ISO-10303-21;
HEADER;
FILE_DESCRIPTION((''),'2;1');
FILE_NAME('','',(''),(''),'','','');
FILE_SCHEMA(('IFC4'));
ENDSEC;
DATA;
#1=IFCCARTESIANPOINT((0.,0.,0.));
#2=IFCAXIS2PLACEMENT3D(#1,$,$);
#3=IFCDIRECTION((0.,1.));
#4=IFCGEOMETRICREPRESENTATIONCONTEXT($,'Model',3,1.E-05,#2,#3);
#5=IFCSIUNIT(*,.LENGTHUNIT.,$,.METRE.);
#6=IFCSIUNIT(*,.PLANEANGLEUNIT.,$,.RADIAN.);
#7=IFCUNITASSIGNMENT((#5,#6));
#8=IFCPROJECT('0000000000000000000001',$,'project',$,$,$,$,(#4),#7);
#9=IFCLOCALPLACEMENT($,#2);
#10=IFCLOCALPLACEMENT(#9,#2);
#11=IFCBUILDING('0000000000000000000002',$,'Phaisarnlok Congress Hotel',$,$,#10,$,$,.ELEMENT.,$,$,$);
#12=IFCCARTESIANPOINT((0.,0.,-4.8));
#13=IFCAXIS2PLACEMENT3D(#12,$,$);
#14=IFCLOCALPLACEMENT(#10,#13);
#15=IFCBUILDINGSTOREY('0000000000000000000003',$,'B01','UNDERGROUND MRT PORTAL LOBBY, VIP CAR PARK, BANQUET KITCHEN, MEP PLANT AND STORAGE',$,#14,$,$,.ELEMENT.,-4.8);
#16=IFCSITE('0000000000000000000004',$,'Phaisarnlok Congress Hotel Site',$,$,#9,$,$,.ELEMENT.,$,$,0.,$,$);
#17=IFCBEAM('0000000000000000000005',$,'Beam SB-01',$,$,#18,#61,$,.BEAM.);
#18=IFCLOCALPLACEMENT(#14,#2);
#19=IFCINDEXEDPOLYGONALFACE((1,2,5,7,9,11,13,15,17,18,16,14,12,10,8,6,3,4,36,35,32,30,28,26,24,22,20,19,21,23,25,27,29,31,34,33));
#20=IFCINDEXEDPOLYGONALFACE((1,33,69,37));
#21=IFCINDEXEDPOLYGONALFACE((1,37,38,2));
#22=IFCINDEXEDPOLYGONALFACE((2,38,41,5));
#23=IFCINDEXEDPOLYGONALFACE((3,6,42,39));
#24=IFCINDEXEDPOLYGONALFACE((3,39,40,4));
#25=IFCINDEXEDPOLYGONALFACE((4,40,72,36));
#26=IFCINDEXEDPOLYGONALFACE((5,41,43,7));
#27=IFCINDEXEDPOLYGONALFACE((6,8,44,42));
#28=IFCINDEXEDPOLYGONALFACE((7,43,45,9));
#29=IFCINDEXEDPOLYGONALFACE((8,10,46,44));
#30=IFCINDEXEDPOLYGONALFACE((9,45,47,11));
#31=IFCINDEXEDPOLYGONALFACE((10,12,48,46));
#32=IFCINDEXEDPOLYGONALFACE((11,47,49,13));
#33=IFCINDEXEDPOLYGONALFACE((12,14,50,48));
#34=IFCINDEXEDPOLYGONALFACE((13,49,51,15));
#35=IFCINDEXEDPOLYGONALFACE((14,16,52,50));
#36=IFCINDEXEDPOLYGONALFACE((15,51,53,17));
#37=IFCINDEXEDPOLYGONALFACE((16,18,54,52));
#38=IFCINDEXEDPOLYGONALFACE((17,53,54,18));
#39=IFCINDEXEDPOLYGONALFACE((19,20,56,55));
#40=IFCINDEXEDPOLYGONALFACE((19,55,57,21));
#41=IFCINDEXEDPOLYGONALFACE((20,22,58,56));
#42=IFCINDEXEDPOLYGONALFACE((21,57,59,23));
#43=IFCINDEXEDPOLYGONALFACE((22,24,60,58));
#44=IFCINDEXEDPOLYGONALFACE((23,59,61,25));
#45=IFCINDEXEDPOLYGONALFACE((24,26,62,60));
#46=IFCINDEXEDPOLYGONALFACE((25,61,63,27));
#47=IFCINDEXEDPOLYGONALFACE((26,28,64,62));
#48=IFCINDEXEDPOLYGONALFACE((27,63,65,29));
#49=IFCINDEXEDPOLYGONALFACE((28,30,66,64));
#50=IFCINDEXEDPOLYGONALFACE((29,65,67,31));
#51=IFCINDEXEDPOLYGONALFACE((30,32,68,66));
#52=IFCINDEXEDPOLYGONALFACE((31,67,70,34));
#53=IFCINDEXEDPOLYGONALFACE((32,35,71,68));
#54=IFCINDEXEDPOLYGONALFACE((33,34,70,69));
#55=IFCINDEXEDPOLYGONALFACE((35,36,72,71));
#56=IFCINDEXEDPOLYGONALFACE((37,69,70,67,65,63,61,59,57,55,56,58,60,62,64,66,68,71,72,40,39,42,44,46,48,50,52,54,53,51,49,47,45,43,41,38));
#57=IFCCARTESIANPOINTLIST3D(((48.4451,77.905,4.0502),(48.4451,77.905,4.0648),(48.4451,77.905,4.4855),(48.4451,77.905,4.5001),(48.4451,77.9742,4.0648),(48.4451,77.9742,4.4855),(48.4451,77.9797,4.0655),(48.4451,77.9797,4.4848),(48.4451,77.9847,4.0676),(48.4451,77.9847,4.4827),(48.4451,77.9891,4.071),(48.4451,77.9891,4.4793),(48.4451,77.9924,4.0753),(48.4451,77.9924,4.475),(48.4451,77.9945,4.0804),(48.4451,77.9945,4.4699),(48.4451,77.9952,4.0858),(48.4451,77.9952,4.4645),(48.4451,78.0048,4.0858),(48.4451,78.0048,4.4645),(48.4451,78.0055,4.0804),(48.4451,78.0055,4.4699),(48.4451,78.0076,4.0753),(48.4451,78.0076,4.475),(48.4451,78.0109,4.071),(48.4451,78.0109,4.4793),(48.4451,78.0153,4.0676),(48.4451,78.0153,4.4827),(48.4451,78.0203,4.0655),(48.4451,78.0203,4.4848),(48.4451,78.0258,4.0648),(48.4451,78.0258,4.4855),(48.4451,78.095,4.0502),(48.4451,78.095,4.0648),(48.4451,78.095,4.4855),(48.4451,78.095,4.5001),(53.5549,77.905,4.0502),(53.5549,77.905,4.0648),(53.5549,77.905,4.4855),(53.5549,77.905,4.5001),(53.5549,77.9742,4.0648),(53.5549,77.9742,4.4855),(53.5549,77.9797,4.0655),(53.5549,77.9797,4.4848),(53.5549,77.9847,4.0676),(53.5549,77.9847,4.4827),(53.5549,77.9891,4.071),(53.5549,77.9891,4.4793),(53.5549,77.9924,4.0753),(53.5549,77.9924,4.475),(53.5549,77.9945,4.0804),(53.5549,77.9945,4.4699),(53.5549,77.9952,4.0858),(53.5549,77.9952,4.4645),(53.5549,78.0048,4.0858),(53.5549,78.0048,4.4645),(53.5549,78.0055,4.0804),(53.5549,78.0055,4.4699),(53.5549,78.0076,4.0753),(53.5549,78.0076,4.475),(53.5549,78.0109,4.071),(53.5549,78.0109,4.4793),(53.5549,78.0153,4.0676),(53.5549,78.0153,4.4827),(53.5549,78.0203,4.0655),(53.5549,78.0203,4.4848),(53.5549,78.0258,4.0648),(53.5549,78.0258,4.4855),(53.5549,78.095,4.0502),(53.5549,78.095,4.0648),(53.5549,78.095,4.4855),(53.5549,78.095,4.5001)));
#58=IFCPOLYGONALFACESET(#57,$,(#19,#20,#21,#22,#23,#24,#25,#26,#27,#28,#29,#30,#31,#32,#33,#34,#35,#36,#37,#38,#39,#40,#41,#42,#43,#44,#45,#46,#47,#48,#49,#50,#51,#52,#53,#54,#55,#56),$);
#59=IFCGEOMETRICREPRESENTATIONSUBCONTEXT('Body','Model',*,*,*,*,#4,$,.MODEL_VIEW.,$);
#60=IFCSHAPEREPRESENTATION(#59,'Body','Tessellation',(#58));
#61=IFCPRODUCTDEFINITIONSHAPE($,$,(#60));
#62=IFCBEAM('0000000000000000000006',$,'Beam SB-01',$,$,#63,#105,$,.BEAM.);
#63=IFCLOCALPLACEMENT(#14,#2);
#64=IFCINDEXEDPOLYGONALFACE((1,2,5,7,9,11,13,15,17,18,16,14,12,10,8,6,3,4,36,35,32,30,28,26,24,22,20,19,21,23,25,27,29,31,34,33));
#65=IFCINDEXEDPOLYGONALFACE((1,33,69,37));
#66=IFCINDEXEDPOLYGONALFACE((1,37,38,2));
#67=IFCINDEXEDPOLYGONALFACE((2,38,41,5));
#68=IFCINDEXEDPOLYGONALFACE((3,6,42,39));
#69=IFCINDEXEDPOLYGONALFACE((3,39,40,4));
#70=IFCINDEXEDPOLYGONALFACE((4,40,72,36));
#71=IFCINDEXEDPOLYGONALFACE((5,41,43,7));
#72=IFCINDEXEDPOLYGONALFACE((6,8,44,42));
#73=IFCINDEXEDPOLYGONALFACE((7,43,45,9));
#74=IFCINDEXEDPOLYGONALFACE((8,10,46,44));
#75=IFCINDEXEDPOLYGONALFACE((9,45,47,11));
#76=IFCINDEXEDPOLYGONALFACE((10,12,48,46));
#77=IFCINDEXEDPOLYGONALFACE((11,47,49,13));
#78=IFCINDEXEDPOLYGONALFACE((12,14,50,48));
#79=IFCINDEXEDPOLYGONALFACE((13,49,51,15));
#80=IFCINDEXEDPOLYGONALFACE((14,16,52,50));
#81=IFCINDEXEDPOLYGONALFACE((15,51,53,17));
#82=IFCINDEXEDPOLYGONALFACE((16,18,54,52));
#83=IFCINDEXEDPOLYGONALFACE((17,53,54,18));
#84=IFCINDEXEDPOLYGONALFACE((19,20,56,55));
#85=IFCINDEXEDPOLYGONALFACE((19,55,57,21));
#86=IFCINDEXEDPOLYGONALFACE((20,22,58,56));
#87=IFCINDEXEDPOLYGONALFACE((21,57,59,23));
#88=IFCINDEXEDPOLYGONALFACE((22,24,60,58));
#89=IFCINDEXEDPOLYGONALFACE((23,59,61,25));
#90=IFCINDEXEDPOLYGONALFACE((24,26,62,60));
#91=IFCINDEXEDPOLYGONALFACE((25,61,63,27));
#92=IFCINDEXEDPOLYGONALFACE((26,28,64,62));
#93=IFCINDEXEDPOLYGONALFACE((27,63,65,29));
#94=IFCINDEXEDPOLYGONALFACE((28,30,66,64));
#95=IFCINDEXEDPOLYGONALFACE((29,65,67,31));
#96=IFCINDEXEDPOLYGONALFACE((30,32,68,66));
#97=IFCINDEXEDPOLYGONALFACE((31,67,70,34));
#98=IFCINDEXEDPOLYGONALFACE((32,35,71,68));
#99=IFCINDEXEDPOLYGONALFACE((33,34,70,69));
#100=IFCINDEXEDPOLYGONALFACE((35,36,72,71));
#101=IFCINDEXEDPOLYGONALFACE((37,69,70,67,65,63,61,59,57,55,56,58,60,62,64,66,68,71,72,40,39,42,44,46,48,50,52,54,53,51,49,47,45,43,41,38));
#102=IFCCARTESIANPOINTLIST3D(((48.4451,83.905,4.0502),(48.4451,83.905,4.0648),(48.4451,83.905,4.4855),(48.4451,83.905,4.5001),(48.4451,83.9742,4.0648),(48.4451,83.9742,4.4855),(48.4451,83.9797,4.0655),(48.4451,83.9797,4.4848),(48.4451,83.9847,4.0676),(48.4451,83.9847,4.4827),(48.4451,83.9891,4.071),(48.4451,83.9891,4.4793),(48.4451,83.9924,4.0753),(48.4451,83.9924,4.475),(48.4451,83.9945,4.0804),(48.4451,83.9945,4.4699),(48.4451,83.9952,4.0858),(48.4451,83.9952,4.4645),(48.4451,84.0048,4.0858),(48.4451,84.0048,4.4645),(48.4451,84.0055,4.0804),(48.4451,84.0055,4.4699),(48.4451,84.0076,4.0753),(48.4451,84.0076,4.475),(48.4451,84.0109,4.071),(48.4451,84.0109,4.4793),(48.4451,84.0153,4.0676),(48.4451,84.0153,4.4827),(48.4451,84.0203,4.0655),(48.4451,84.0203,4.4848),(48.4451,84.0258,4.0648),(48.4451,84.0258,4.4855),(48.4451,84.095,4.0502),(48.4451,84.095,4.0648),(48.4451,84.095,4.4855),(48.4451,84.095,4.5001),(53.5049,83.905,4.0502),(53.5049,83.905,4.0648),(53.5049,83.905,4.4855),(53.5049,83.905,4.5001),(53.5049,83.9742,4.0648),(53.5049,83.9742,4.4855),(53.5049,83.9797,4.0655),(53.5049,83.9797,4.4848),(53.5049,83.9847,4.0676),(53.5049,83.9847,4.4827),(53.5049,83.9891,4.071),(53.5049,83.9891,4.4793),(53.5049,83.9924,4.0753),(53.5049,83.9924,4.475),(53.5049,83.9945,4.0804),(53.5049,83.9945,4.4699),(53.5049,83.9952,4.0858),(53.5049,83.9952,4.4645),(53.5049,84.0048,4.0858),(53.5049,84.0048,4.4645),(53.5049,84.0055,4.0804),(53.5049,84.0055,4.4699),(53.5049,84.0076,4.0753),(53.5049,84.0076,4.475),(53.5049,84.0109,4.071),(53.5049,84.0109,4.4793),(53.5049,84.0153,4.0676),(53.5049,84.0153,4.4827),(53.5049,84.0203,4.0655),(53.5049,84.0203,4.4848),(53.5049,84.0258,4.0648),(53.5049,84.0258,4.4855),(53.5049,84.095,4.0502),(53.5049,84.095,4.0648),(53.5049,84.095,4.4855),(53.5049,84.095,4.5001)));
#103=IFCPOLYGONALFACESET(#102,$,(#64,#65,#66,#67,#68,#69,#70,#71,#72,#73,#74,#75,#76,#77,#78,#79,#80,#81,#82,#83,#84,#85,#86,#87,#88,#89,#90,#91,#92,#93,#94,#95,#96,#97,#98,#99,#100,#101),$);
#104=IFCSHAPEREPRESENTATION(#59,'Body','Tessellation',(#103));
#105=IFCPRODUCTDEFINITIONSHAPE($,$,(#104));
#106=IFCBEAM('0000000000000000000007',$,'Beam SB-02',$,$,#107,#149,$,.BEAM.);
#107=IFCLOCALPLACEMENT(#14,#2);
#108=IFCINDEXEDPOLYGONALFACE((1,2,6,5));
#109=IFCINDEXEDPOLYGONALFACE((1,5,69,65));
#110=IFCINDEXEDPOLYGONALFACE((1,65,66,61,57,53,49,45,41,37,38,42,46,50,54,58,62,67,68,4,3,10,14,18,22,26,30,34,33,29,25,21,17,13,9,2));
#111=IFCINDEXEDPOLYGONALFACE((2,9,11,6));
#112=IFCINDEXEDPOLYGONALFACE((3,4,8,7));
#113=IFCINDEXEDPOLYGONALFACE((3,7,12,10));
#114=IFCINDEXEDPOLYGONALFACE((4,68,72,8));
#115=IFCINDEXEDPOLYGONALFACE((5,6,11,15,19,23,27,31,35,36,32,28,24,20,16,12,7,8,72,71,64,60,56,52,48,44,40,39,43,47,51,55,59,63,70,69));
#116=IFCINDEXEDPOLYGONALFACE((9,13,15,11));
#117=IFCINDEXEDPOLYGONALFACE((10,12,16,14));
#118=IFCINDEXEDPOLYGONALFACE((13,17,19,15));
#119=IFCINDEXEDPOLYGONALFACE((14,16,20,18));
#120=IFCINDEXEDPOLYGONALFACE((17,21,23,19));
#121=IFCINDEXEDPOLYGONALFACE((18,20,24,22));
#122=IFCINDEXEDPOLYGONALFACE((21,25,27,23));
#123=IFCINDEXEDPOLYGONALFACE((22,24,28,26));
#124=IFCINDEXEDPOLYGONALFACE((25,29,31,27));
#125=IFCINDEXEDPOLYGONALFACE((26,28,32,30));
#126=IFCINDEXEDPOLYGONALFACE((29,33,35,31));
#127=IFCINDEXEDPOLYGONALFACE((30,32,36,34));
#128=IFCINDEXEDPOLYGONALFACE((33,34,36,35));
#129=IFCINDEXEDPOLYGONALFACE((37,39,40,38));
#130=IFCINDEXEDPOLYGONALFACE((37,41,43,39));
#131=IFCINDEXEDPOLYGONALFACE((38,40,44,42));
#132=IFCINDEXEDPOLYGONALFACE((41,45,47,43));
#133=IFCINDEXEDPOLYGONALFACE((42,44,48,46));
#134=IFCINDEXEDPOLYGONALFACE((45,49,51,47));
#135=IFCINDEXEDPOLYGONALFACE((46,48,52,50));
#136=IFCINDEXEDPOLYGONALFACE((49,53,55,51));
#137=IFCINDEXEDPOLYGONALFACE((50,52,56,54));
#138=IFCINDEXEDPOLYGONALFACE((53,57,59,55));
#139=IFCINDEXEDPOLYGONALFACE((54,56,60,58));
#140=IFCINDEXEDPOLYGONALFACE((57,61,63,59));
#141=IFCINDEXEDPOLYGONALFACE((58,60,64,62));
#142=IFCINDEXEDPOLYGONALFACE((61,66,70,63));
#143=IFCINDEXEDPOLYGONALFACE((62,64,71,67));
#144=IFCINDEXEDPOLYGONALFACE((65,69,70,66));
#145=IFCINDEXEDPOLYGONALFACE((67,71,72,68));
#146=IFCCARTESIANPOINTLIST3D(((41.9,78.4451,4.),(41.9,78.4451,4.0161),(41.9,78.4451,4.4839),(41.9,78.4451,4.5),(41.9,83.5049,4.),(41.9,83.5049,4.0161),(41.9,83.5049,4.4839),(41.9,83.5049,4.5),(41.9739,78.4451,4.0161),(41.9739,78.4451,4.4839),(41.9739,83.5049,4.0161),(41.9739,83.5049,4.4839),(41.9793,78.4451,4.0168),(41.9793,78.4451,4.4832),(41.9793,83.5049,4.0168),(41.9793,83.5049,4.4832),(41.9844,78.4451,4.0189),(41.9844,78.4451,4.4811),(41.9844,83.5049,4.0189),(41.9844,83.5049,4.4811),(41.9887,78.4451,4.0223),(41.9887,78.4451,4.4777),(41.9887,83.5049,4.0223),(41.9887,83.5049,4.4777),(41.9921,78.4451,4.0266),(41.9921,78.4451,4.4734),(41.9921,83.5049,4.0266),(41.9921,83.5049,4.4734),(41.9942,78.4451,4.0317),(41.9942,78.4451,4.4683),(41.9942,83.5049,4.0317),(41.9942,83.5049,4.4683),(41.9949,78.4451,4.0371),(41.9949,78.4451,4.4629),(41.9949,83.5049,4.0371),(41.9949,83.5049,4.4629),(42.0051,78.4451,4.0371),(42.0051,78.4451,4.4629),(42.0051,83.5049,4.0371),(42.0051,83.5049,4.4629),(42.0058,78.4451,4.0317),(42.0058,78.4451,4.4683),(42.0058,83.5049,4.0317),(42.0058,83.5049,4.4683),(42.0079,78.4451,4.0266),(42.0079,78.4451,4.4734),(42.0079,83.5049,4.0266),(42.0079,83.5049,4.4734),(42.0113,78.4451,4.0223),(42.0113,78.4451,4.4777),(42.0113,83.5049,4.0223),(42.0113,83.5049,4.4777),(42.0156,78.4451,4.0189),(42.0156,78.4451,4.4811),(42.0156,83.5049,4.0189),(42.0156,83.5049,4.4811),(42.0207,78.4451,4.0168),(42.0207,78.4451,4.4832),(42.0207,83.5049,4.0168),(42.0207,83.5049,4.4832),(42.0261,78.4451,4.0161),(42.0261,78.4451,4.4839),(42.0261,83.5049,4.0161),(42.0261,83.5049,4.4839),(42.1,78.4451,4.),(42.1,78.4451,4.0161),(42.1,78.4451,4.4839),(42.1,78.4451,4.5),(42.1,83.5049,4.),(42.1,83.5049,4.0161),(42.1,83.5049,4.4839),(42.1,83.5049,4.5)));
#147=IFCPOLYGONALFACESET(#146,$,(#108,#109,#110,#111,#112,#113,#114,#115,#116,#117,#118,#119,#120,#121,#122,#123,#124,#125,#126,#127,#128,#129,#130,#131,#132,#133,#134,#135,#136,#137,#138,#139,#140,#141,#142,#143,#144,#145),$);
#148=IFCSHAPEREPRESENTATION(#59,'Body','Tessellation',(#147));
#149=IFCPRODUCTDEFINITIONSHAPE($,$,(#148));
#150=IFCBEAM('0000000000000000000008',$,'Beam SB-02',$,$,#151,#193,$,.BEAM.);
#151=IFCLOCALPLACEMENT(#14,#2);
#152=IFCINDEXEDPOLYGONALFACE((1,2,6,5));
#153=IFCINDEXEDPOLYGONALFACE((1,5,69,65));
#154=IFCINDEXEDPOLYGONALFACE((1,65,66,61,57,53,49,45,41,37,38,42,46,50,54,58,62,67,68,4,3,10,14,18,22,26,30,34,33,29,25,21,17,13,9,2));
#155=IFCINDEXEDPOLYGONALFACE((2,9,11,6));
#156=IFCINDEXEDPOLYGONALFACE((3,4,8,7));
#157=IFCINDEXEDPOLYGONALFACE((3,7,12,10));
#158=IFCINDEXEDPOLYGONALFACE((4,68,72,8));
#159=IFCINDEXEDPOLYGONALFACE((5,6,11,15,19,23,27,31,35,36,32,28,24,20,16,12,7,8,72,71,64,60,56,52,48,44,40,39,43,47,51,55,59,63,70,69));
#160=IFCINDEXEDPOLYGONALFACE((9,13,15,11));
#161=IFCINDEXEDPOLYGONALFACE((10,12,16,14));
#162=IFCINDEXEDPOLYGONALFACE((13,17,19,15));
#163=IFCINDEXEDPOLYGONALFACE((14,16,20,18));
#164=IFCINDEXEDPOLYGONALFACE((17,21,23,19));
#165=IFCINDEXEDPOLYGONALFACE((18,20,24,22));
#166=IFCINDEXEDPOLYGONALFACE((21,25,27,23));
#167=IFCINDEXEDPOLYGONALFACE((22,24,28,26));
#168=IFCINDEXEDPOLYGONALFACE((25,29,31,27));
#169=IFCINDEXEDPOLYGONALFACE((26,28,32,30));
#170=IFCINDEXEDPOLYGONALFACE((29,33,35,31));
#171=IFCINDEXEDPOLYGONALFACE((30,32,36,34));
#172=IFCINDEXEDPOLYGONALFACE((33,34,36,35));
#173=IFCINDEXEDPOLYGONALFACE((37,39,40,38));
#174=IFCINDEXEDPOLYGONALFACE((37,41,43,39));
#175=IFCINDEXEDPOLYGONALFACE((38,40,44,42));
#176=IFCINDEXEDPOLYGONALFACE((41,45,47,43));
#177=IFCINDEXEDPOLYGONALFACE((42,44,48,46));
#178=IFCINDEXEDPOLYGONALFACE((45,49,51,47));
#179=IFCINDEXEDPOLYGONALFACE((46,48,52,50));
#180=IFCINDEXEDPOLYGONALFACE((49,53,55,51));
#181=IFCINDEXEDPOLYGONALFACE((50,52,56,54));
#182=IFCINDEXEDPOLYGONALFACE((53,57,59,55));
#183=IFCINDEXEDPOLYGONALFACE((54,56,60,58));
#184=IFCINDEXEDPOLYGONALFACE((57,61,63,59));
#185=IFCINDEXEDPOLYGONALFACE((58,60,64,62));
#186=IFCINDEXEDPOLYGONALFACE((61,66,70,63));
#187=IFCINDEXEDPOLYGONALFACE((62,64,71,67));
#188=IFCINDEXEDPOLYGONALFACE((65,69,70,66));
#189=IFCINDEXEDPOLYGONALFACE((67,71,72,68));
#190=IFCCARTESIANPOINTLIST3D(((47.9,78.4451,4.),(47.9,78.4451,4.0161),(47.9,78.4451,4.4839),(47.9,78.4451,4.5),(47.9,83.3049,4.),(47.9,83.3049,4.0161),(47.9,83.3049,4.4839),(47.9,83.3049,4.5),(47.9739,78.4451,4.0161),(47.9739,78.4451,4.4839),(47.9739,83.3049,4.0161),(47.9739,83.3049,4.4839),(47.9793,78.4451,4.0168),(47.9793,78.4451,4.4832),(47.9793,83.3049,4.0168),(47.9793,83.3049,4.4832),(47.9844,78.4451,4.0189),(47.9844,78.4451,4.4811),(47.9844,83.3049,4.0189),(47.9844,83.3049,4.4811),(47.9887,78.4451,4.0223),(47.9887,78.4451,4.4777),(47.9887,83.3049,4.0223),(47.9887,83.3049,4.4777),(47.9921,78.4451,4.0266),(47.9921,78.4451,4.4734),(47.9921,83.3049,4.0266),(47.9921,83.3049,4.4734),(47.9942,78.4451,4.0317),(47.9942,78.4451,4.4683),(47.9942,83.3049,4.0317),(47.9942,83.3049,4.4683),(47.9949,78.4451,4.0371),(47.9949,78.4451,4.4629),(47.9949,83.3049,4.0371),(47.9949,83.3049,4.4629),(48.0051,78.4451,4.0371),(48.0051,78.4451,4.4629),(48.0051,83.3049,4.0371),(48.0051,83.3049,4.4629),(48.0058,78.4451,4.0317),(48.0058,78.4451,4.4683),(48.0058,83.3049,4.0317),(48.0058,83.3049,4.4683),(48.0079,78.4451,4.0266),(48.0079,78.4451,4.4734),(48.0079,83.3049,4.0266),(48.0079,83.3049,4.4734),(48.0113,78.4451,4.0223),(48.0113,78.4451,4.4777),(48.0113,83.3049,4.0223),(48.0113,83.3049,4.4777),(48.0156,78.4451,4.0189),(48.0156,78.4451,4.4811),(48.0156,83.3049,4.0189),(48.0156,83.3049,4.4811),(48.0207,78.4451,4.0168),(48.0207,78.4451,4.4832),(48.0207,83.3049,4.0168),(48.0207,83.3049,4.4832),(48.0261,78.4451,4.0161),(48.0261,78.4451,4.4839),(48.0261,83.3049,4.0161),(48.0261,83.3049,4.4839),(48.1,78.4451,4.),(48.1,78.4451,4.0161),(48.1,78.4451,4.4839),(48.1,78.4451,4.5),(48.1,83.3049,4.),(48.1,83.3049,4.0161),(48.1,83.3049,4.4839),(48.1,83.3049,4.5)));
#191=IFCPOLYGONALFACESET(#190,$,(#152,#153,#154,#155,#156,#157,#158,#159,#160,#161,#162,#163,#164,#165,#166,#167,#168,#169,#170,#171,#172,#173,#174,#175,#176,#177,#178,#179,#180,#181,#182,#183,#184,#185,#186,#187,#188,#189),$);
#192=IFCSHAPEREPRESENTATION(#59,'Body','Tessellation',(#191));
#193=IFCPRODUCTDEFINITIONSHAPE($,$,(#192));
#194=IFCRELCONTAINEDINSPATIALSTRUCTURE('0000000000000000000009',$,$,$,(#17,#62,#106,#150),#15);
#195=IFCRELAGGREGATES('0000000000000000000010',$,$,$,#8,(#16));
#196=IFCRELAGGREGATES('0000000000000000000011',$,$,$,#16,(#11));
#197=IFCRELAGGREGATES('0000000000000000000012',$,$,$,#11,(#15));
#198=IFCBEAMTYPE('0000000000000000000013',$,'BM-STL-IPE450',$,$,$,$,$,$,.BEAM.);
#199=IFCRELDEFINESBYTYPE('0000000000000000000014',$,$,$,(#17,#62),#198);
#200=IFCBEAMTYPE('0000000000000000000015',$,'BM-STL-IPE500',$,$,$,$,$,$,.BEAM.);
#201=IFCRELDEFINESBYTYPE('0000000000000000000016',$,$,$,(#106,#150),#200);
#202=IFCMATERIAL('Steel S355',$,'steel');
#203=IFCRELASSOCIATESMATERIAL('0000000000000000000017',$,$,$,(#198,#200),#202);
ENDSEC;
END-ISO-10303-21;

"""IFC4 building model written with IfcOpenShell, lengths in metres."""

from ifc_helpers import new_model, si_unit, direction, frame, origin, origin_2d, place, context, subcontext, project, spatial, i_section, extrude, material, material_profile, profile_set, type_object, element, save


model = new_model("IFC4")

# Units and contexts
model_context = context("Model", 3, precision=1e-05, world=origin(), true_north=direction((0.0, 1.0)))
body_context = subcontext(model_context, "Body", "Model", "MODEL_VIEW")
ifc_project = project(units=[si_unit("LENGTHUNIT", "METRE"), si_unit("PLANEANGLEUNIT", "RADIAN")], contexts=[model_context])

# Site, building, storey
site_placement = place(None, origin())
site = spatial("IfcSite", under=ifc_project, at=site_placement, Name="Phaisarnlok Congress Hotel Site", CompositionType="ELEMENT", RefElevation=0.0)
building_placement = place(site_placement, origin())
building = spatial("IfcBuilding", under=site, at=building_placement, Name="Phaisarnlok Congress Hotel", CompositionType="ELEMENT")
storey_placement = place(building_placement, frame((0.0, 0.0, -4.8)))
storey = spatial("IfcBuildingStorey", under=building, at=storey_placement, Name="B01", Description="UNDERGROUND MRT PORTAL LOBBY, VIP CAR PARK, BANQUET KITCHEN, MEP PLANT AND STORAGE", CompositionType="ELEMENT", Elevation=-4.8)

# Beams
ifc_material_1 = material(Name="Steel S355", Category="steel")
ifc_material_profile_1 = material_profile(ifc_material_1, i_section(OverallWidth=0.1899, OverallDepth=0.45, WebThickness=0.0095, FlangeThickness=0.0146, FilletRadius=0.021, at=origin_2d()), Name="IPE 450")
ifc_profile_set_1 = profile_set([ifc_material_profile_1], Name="Steel S355")
beam_type_1 = type_object("IfcBeamType", Name="BM-STL-IPE450", PredefinedType="BEAM", material=ifc_profile_set_1)
beam_1_placement = place(storey_placement, frame((48.4451, 78.0, 4.2751), z_axis=(1.0, 0.0, 0.0), x_axis=(0.0, 1.0, 0.0)))
element("IfcBeam", 1, at=beam_1_placement, inside=storey, type_object=beam_type_1, Name="Beam SB-01", PredefinedType="BEAM", context=body_context, shape_type="SweptSolid", body=[
    extrude(i_section(OverallWidth=0.1899, OverallDepth=0.45, WebThickness=0.0095, FlangeThickness=0.0146, FilletRadius=0.021, at=origin_2d()), origin(), (0.0, 0.0, 1.0), 5.1099),
])
beam_2_placement = place(storey_placement, frame((48.4451, 84.0, 4.2751), z_axis=(1.0, 0.0, 0.0), x_axis=(0.0, 1.0, 0.0)))
element("IfcBeam", 2, at=beam_2_placement, inside=storey, type_object=beam_type_1, Name="Beam SB-01", PredefinedType="BEAM", context=body_context, shape_type="SweptSolid", body=[
    extrude(i_section(OverallWidth=0.1899, OverallDepth=0.45, WebThickness=0.0095, FlangeThickness=0.0146, FilletRadius=0.021, at=origin_2d()), origin(), (0.0, 0.0, 1.0), 5.0598),
])
ifc_material_profile_2 = material_profile(ifc_material_1, i_section(OverallWidth=0.2, OverallDepth=0.5, WebThickness=0.0103, FlangeThickness=0.0161, FilletRadius=0.021, at=origin_2d()), Name="IPE 500")
ifc_profile_set_2 = profile_set([ifc_material_profile_2], Name="Steel S355")
beam_type_2 = type_object("IfcBeamType", Name="BM-STL-IPE500", PredefinedType="BEAM", material=ifc_profile_set_2)
beam_3_placement = place(storey_placement, frame((42.0, 78.4451, 4.25), z_axis=(0.0, 1.0, 0.0), x_axis=(-1.0, 0.0, 0.0)))
element("IfcBeam", 3, at=beam_3_placement, inside=storey, type_object=beam_type_2, Name="Beam SB-02", PredefinedType="BEAM", context=body_context, shape_type="SweptSolid", body=[
    extrude(i_section(OverallWidth=0.2, OverallDepth=0.5, WebThickness=0.0103, FlangeThickness=0.0161, FilletRadius=0.021, at=origin_2d()), origin(), (0.0, 0.0, 1.0), 5.0598),
])
beam_4_placement = place(storey_placement, frame((48.0, 78.4451, 4.25), z_axis=(0.0, 1.0, 0.0), x_axis=(-1.0, 0.0, 0.0)))
element("IfcBeam", 4, at=beam_4_placement, inside=storey, type_object=beam_type_2, Name="Beam SB-02", PredefinedType="BEAM", context=body_context, shape_type="SweptSolid", body=[
    extrude(i_section(OverallWidth=0.2, OverallDepth=0.5, WebThickness=0.0103, FlangeThickness=0.0161, FilletRadius=0.021, at=origin_2d()), origin(), (0.0, 0.0, 1.0), 4.8599),
])

save(model, "model.ifc")
